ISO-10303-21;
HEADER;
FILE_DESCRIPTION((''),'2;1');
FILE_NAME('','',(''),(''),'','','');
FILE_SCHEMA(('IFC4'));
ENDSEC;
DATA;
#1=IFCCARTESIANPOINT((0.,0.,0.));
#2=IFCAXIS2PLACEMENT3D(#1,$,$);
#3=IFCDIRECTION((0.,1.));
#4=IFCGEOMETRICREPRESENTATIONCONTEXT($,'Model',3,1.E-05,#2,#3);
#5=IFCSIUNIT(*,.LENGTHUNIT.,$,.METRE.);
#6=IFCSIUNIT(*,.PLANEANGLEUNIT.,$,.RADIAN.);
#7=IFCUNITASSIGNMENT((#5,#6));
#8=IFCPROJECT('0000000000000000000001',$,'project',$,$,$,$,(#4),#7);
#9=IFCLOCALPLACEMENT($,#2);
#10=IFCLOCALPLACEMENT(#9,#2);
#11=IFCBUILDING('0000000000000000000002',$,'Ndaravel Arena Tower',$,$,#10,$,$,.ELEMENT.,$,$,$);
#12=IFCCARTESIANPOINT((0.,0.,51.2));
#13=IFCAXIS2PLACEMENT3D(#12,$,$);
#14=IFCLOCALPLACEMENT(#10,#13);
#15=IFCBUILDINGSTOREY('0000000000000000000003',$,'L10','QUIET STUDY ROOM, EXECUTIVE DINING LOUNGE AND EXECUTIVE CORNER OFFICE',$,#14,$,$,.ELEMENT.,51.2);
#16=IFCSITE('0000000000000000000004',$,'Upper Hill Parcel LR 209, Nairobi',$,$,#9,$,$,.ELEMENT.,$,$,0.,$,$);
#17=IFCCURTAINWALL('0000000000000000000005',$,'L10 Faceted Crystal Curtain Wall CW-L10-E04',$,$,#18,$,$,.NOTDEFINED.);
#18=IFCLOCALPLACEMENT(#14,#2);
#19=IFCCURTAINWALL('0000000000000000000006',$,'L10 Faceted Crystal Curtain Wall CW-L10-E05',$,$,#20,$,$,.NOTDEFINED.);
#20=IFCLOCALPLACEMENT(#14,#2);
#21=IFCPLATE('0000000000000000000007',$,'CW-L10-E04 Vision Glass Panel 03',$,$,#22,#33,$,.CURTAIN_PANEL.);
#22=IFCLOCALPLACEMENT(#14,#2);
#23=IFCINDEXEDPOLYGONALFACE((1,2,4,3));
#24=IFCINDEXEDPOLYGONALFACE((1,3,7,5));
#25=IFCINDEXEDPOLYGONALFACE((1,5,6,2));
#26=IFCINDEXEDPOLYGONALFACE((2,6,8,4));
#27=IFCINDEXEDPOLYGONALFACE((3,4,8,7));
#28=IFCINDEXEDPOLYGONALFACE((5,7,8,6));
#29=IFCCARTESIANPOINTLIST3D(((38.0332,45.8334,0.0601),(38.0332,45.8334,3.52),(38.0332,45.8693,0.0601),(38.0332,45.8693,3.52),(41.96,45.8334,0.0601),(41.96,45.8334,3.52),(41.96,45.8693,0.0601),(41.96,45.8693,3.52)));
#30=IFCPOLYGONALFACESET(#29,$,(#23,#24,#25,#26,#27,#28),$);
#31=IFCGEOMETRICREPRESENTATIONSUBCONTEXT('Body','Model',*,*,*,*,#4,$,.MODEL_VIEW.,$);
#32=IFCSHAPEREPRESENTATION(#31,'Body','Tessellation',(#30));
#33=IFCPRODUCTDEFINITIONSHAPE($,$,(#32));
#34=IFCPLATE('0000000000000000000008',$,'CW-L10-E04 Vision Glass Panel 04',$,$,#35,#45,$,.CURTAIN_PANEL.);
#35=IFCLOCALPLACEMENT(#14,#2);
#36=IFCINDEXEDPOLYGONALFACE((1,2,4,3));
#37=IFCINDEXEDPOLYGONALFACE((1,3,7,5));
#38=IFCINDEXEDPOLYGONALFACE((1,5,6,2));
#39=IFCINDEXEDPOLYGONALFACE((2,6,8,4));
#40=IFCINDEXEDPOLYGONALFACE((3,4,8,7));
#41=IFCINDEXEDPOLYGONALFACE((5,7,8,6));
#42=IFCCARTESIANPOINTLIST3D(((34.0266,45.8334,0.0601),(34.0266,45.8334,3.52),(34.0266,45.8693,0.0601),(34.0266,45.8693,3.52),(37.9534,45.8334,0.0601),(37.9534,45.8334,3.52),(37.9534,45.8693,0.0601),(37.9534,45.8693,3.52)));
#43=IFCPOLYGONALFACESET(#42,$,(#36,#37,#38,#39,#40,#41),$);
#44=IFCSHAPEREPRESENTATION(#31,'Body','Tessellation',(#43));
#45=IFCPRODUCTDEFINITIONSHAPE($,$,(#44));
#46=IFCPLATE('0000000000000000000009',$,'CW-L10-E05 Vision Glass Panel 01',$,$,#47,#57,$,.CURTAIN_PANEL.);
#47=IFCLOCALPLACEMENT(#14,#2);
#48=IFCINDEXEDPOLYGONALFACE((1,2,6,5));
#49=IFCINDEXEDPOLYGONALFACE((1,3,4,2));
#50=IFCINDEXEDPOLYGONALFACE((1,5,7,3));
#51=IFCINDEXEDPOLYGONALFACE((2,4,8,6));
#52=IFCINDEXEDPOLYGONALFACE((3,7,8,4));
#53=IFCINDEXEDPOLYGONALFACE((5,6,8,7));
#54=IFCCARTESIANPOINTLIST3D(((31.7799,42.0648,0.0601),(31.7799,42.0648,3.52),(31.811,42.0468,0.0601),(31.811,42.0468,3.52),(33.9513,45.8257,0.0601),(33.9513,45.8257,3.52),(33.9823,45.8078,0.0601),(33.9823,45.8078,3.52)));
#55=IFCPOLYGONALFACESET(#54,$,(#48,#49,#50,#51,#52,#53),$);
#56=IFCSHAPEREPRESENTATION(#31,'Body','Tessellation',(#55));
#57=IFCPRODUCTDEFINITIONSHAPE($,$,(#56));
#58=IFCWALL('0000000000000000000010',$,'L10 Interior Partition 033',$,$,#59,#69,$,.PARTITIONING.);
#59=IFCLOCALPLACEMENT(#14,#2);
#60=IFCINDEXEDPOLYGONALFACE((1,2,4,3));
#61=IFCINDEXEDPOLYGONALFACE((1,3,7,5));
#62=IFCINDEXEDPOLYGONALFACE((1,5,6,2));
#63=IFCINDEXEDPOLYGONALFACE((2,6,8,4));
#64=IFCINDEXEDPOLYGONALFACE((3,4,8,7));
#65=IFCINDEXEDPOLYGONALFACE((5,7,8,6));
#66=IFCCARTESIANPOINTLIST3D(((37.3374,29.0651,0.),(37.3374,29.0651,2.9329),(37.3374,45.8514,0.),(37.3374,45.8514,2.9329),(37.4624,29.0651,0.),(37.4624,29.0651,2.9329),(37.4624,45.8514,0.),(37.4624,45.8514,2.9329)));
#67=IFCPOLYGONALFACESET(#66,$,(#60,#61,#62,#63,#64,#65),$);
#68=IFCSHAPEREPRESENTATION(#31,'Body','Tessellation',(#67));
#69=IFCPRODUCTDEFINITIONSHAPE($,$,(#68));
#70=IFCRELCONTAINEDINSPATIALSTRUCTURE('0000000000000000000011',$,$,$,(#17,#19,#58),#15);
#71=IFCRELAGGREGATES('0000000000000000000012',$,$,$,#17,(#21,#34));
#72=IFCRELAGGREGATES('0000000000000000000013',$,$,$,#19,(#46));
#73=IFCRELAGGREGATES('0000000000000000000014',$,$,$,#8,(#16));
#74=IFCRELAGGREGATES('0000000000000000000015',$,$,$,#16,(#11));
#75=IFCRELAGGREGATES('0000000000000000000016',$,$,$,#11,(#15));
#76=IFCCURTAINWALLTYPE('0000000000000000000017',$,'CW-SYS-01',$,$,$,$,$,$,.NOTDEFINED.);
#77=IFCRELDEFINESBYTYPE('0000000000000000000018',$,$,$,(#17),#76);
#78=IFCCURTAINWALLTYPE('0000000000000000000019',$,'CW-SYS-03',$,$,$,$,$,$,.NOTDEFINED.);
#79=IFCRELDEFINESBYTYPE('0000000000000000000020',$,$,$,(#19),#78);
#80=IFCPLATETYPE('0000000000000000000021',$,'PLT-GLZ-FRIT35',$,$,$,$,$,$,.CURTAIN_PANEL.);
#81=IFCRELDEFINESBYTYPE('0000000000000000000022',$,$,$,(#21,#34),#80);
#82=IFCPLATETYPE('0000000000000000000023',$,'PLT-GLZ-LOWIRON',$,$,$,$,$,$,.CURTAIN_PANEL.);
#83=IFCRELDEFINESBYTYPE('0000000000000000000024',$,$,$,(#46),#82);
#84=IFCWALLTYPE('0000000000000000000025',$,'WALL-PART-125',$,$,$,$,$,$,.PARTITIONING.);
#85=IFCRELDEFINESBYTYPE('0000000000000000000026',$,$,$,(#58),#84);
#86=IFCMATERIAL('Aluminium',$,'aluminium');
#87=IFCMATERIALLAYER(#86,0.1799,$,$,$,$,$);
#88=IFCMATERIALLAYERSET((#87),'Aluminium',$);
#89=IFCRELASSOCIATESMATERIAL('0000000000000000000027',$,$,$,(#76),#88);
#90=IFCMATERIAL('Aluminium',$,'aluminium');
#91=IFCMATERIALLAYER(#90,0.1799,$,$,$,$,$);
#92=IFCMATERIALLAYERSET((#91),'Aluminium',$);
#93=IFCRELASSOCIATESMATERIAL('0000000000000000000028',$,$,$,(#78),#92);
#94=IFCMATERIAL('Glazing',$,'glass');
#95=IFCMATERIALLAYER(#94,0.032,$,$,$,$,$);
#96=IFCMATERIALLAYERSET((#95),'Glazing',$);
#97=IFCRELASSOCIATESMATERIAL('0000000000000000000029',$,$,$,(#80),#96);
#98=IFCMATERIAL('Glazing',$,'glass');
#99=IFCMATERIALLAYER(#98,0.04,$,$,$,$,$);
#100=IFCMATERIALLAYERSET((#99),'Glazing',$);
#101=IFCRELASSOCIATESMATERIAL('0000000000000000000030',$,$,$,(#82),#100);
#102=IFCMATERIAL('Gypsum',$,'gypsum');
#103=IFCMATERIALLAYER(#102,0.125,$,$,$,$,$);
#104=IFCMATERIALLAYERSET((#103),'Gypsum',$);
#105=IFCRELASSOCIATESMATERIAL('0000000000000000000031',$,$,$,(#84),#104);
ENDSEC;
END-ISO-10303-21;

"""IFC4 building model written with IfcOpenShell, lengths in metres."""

from ifc_helpers import new_model, si_unit, direction, frame, frame_2d, origin, origin_2d, place, context, subcontext, project, spatial, rectangle, extrude, material, layer, layer_set, type_object, element, aggregate, save


model = new_model("IFC4")

# Units and contexts
model_context = context("Model", 3, precision=1e-05, world=origin(), true_north=direction((0.0, 1.0)))
body_context = subcontext(model_context, "Body", "Model", "MODEL_VIEW")
ifc_project = project(units=[si_unit("LENGTHUNIT", "METRE"), si_unit("PLANEANGLEUNIT", "RADIAN")], contexts=[model_context])

# Site, building, storey
site_placement = place(None, origin())
site = spatial("IfcSite", under=ifc_project, at=site_placement, Name="Upper Hill Parcel LR 209, Nairobi", CompositionType="ELEMENT", RefElevation=0.0)
building_placement = place(site_placement, origin())
building = spatial("IfcBuilding", under=site, at=building_placement, Name="Ndaravel Arena Tower", CompositionType="ELEMENT")
storey_placement = place(building_placement, frame((0.0, 0.0, 51.2)))
storey = spatial("IfcBuildingStorey", under=building, at=storey_placement, Name="L10", Description="QUIET STUDY ROOM, EXECUTIVE DINING LOUNGE AND EXECUTIVE CORNER OFFICE", CompositionType="ELEMENT", Elevation=51.2)

# Curtain wall
ifc_material_1 = material(Name="Aluminium", Category="aluminium")
ifc_layer_1 = layer(ifc_material_1, 0.1799)
ifc_layer_set_1 = layer_set([ifc_layer_1], Name="Aluminium")
curtain_wall_type_1 = type_object("IfcCurtainWallType", Name="CW-SYS-01", PredefinedType="NOTDEFINED", material=ifc_layer_set_1)
curtain_wall_1_placement = place(storey_placement, origin())
curtain_wall_1 = element("IfcCurtainWall", 1, at=curtain_wall_1_placement, inside=storey, type_object=curtain_wall_type_1, Name="L10 Faceted Crystal Curtain Wall CW-L10-E04", PredefinedType="NOTDEFINED")

# Curtain wall
ifc_material_2 = material(Name="Aluminium", Category="aluminium")
ifc_layer_2 = layer(ifc_material_2, 0.1799)
ifc_layer_set_2 = layer_set([ifc_layer_2], Name="Aluminium")
curtain_wall_type_2 = type_object("IfcCurtainWallType", Name="CW-SYS-03", PredefinedType="NOTDEFINED", material=ifc_layer_set_2)
curtain_wall_2_placement = place(storey_placement, origin())
curtain_wall_2 = element("IfcCurtainWall", 2, at=curtain_wall_2_placement, inside=storey, type_object=curtain_wall_type_2, Name="L10 Faceted Crystal Curtain Wall CW-L10-E05", PredefinedType="NOTDEFINED")

# Plates
ifc_material_3 = material(Name="Glazing", Category="glass")
ifc_layer_3 = layer(ifc_material_3, 0.032)
ifc_layer_set_3 = layer_set([ifc_layer_3], Name="Glazing")
plate_type_1 = type_object("IfcPlateType", Name="PLT-GLZ-FRIT35", PredefinedType="CURTAIN_PANEL", material=ifc_layer_set_3)
plate_1_placement = place(storey_placement, frame((39.9966, 45.8513, 0.0601), z_axis=(0.0, 0.0, 1.0), x_axis=(-1.0, 0.0, 0.0)))
plate_1 = element("IfcPlate", 3, at=plate_1_placement, type_object=plate_type_1, Name="CW-L10-E04 Vision Glass Panel 03", PredefinedType="CURTAIN_PANEL", context=body_context, shape_type="SweptSolid", body=[
    extrude(rectangle(XDim=3.9268, YDim=0.0359, at=origin_2d()), origin(), (0.0, 0.0, 1.0), 3.46),
])
plate_2_placement = place(storey_placement, frame((35.99, 45.8513, 0.0601), z_axis=(0.0, 0.0, 1.0), x_axis=(-1.0, 0.0, 0.0)))
plate_2 = element("IfcPlate", 4, at=plate_2_placement, type_object=plate_type_1, Name="CW-L10-E04 Vision Glass Panel 04", PredefinedType="CURTAIN_PANEL", context=body_context, shape_type="SweptSolid", body=[
    extrude(rectangle(XDim=3.9268, YDim=0.0359, at=origin_2d()), origin(), (0.0, 0.0, 1.0), 3.46),
])
aggregate(curtain_wall_1, [plate_1, plate_2])
ifc_material_4 = material(Name="Glazing", Category="glass")
ifc_layer_4 = layer(ifc_material_4, 0.04)
ifc_layer_set_4 = layer_set([ifc_layer_4], Name="Glazing")
plate_type_2 = type_object("IfcPlateType", Name="PLT-GLZ-LOWIRON", PredefinedType="CURTAIN_PANEL", material=ifc_layer_set_4)
plate_3_placement = place(storey_placement, frame((32.8811, 43.9363, 0.0601), z_axis=(0.0, 0.0, 1.0), x_axis=(-0.5, -0.866025, 0.0)))
plate_3 = element("IfcPlate", 5, at=plate_3_placement, type_object=plate_type_2, Name="CW-L10-E05 Vision Glass Panel 01", PredefinedType="CURTAIN_PANEL", context=body_context, shape_type="SweptSolid", body=[
    extrude(rectangle(XDim=4.3428, YDim=0.0359, at=origin_2d()), origin(), (0.0, 0.0, 1.0), 3.46),
])
aggregate(curtain_wall_2, [plate_3])

# Wall
ifc_material_5 = material(Name="Gypsum", Category="gypsum")
ifc_layer_5 = layer(ifc_material_5, 0.125)
ifc_layer_set_5 = layer_set([ifc_layer_5], Name="Gypsum")
wall_type = type_object("IfcWallType", Name="WALL-PART-125", PredefinedType="PARTITIONING", material=ifc_layer_set_5)
wall_placement = place(storey_placement, frame((37.3999, 45.8513, 0.0), z_axis=(0.0, 0.0, 1.0), x_axis=(0.0, -1.0, 0.0)))
element("IfcWall", 6, at=wall_placement, inside=storey, type_object=wall_type, Name="L10 Interior Partition 033", PredefinedType="PARTITIONING", context=body_context, shape_type="SweptSolid", body=[
    extrude(rectangle(XDim=16.7864, YDim=0.125, at=frame_2d((8.3931, 0.0))), origin(), (0.0, 0.0, 1.0), 2.9329),
])

save(model, "model.ifc")
